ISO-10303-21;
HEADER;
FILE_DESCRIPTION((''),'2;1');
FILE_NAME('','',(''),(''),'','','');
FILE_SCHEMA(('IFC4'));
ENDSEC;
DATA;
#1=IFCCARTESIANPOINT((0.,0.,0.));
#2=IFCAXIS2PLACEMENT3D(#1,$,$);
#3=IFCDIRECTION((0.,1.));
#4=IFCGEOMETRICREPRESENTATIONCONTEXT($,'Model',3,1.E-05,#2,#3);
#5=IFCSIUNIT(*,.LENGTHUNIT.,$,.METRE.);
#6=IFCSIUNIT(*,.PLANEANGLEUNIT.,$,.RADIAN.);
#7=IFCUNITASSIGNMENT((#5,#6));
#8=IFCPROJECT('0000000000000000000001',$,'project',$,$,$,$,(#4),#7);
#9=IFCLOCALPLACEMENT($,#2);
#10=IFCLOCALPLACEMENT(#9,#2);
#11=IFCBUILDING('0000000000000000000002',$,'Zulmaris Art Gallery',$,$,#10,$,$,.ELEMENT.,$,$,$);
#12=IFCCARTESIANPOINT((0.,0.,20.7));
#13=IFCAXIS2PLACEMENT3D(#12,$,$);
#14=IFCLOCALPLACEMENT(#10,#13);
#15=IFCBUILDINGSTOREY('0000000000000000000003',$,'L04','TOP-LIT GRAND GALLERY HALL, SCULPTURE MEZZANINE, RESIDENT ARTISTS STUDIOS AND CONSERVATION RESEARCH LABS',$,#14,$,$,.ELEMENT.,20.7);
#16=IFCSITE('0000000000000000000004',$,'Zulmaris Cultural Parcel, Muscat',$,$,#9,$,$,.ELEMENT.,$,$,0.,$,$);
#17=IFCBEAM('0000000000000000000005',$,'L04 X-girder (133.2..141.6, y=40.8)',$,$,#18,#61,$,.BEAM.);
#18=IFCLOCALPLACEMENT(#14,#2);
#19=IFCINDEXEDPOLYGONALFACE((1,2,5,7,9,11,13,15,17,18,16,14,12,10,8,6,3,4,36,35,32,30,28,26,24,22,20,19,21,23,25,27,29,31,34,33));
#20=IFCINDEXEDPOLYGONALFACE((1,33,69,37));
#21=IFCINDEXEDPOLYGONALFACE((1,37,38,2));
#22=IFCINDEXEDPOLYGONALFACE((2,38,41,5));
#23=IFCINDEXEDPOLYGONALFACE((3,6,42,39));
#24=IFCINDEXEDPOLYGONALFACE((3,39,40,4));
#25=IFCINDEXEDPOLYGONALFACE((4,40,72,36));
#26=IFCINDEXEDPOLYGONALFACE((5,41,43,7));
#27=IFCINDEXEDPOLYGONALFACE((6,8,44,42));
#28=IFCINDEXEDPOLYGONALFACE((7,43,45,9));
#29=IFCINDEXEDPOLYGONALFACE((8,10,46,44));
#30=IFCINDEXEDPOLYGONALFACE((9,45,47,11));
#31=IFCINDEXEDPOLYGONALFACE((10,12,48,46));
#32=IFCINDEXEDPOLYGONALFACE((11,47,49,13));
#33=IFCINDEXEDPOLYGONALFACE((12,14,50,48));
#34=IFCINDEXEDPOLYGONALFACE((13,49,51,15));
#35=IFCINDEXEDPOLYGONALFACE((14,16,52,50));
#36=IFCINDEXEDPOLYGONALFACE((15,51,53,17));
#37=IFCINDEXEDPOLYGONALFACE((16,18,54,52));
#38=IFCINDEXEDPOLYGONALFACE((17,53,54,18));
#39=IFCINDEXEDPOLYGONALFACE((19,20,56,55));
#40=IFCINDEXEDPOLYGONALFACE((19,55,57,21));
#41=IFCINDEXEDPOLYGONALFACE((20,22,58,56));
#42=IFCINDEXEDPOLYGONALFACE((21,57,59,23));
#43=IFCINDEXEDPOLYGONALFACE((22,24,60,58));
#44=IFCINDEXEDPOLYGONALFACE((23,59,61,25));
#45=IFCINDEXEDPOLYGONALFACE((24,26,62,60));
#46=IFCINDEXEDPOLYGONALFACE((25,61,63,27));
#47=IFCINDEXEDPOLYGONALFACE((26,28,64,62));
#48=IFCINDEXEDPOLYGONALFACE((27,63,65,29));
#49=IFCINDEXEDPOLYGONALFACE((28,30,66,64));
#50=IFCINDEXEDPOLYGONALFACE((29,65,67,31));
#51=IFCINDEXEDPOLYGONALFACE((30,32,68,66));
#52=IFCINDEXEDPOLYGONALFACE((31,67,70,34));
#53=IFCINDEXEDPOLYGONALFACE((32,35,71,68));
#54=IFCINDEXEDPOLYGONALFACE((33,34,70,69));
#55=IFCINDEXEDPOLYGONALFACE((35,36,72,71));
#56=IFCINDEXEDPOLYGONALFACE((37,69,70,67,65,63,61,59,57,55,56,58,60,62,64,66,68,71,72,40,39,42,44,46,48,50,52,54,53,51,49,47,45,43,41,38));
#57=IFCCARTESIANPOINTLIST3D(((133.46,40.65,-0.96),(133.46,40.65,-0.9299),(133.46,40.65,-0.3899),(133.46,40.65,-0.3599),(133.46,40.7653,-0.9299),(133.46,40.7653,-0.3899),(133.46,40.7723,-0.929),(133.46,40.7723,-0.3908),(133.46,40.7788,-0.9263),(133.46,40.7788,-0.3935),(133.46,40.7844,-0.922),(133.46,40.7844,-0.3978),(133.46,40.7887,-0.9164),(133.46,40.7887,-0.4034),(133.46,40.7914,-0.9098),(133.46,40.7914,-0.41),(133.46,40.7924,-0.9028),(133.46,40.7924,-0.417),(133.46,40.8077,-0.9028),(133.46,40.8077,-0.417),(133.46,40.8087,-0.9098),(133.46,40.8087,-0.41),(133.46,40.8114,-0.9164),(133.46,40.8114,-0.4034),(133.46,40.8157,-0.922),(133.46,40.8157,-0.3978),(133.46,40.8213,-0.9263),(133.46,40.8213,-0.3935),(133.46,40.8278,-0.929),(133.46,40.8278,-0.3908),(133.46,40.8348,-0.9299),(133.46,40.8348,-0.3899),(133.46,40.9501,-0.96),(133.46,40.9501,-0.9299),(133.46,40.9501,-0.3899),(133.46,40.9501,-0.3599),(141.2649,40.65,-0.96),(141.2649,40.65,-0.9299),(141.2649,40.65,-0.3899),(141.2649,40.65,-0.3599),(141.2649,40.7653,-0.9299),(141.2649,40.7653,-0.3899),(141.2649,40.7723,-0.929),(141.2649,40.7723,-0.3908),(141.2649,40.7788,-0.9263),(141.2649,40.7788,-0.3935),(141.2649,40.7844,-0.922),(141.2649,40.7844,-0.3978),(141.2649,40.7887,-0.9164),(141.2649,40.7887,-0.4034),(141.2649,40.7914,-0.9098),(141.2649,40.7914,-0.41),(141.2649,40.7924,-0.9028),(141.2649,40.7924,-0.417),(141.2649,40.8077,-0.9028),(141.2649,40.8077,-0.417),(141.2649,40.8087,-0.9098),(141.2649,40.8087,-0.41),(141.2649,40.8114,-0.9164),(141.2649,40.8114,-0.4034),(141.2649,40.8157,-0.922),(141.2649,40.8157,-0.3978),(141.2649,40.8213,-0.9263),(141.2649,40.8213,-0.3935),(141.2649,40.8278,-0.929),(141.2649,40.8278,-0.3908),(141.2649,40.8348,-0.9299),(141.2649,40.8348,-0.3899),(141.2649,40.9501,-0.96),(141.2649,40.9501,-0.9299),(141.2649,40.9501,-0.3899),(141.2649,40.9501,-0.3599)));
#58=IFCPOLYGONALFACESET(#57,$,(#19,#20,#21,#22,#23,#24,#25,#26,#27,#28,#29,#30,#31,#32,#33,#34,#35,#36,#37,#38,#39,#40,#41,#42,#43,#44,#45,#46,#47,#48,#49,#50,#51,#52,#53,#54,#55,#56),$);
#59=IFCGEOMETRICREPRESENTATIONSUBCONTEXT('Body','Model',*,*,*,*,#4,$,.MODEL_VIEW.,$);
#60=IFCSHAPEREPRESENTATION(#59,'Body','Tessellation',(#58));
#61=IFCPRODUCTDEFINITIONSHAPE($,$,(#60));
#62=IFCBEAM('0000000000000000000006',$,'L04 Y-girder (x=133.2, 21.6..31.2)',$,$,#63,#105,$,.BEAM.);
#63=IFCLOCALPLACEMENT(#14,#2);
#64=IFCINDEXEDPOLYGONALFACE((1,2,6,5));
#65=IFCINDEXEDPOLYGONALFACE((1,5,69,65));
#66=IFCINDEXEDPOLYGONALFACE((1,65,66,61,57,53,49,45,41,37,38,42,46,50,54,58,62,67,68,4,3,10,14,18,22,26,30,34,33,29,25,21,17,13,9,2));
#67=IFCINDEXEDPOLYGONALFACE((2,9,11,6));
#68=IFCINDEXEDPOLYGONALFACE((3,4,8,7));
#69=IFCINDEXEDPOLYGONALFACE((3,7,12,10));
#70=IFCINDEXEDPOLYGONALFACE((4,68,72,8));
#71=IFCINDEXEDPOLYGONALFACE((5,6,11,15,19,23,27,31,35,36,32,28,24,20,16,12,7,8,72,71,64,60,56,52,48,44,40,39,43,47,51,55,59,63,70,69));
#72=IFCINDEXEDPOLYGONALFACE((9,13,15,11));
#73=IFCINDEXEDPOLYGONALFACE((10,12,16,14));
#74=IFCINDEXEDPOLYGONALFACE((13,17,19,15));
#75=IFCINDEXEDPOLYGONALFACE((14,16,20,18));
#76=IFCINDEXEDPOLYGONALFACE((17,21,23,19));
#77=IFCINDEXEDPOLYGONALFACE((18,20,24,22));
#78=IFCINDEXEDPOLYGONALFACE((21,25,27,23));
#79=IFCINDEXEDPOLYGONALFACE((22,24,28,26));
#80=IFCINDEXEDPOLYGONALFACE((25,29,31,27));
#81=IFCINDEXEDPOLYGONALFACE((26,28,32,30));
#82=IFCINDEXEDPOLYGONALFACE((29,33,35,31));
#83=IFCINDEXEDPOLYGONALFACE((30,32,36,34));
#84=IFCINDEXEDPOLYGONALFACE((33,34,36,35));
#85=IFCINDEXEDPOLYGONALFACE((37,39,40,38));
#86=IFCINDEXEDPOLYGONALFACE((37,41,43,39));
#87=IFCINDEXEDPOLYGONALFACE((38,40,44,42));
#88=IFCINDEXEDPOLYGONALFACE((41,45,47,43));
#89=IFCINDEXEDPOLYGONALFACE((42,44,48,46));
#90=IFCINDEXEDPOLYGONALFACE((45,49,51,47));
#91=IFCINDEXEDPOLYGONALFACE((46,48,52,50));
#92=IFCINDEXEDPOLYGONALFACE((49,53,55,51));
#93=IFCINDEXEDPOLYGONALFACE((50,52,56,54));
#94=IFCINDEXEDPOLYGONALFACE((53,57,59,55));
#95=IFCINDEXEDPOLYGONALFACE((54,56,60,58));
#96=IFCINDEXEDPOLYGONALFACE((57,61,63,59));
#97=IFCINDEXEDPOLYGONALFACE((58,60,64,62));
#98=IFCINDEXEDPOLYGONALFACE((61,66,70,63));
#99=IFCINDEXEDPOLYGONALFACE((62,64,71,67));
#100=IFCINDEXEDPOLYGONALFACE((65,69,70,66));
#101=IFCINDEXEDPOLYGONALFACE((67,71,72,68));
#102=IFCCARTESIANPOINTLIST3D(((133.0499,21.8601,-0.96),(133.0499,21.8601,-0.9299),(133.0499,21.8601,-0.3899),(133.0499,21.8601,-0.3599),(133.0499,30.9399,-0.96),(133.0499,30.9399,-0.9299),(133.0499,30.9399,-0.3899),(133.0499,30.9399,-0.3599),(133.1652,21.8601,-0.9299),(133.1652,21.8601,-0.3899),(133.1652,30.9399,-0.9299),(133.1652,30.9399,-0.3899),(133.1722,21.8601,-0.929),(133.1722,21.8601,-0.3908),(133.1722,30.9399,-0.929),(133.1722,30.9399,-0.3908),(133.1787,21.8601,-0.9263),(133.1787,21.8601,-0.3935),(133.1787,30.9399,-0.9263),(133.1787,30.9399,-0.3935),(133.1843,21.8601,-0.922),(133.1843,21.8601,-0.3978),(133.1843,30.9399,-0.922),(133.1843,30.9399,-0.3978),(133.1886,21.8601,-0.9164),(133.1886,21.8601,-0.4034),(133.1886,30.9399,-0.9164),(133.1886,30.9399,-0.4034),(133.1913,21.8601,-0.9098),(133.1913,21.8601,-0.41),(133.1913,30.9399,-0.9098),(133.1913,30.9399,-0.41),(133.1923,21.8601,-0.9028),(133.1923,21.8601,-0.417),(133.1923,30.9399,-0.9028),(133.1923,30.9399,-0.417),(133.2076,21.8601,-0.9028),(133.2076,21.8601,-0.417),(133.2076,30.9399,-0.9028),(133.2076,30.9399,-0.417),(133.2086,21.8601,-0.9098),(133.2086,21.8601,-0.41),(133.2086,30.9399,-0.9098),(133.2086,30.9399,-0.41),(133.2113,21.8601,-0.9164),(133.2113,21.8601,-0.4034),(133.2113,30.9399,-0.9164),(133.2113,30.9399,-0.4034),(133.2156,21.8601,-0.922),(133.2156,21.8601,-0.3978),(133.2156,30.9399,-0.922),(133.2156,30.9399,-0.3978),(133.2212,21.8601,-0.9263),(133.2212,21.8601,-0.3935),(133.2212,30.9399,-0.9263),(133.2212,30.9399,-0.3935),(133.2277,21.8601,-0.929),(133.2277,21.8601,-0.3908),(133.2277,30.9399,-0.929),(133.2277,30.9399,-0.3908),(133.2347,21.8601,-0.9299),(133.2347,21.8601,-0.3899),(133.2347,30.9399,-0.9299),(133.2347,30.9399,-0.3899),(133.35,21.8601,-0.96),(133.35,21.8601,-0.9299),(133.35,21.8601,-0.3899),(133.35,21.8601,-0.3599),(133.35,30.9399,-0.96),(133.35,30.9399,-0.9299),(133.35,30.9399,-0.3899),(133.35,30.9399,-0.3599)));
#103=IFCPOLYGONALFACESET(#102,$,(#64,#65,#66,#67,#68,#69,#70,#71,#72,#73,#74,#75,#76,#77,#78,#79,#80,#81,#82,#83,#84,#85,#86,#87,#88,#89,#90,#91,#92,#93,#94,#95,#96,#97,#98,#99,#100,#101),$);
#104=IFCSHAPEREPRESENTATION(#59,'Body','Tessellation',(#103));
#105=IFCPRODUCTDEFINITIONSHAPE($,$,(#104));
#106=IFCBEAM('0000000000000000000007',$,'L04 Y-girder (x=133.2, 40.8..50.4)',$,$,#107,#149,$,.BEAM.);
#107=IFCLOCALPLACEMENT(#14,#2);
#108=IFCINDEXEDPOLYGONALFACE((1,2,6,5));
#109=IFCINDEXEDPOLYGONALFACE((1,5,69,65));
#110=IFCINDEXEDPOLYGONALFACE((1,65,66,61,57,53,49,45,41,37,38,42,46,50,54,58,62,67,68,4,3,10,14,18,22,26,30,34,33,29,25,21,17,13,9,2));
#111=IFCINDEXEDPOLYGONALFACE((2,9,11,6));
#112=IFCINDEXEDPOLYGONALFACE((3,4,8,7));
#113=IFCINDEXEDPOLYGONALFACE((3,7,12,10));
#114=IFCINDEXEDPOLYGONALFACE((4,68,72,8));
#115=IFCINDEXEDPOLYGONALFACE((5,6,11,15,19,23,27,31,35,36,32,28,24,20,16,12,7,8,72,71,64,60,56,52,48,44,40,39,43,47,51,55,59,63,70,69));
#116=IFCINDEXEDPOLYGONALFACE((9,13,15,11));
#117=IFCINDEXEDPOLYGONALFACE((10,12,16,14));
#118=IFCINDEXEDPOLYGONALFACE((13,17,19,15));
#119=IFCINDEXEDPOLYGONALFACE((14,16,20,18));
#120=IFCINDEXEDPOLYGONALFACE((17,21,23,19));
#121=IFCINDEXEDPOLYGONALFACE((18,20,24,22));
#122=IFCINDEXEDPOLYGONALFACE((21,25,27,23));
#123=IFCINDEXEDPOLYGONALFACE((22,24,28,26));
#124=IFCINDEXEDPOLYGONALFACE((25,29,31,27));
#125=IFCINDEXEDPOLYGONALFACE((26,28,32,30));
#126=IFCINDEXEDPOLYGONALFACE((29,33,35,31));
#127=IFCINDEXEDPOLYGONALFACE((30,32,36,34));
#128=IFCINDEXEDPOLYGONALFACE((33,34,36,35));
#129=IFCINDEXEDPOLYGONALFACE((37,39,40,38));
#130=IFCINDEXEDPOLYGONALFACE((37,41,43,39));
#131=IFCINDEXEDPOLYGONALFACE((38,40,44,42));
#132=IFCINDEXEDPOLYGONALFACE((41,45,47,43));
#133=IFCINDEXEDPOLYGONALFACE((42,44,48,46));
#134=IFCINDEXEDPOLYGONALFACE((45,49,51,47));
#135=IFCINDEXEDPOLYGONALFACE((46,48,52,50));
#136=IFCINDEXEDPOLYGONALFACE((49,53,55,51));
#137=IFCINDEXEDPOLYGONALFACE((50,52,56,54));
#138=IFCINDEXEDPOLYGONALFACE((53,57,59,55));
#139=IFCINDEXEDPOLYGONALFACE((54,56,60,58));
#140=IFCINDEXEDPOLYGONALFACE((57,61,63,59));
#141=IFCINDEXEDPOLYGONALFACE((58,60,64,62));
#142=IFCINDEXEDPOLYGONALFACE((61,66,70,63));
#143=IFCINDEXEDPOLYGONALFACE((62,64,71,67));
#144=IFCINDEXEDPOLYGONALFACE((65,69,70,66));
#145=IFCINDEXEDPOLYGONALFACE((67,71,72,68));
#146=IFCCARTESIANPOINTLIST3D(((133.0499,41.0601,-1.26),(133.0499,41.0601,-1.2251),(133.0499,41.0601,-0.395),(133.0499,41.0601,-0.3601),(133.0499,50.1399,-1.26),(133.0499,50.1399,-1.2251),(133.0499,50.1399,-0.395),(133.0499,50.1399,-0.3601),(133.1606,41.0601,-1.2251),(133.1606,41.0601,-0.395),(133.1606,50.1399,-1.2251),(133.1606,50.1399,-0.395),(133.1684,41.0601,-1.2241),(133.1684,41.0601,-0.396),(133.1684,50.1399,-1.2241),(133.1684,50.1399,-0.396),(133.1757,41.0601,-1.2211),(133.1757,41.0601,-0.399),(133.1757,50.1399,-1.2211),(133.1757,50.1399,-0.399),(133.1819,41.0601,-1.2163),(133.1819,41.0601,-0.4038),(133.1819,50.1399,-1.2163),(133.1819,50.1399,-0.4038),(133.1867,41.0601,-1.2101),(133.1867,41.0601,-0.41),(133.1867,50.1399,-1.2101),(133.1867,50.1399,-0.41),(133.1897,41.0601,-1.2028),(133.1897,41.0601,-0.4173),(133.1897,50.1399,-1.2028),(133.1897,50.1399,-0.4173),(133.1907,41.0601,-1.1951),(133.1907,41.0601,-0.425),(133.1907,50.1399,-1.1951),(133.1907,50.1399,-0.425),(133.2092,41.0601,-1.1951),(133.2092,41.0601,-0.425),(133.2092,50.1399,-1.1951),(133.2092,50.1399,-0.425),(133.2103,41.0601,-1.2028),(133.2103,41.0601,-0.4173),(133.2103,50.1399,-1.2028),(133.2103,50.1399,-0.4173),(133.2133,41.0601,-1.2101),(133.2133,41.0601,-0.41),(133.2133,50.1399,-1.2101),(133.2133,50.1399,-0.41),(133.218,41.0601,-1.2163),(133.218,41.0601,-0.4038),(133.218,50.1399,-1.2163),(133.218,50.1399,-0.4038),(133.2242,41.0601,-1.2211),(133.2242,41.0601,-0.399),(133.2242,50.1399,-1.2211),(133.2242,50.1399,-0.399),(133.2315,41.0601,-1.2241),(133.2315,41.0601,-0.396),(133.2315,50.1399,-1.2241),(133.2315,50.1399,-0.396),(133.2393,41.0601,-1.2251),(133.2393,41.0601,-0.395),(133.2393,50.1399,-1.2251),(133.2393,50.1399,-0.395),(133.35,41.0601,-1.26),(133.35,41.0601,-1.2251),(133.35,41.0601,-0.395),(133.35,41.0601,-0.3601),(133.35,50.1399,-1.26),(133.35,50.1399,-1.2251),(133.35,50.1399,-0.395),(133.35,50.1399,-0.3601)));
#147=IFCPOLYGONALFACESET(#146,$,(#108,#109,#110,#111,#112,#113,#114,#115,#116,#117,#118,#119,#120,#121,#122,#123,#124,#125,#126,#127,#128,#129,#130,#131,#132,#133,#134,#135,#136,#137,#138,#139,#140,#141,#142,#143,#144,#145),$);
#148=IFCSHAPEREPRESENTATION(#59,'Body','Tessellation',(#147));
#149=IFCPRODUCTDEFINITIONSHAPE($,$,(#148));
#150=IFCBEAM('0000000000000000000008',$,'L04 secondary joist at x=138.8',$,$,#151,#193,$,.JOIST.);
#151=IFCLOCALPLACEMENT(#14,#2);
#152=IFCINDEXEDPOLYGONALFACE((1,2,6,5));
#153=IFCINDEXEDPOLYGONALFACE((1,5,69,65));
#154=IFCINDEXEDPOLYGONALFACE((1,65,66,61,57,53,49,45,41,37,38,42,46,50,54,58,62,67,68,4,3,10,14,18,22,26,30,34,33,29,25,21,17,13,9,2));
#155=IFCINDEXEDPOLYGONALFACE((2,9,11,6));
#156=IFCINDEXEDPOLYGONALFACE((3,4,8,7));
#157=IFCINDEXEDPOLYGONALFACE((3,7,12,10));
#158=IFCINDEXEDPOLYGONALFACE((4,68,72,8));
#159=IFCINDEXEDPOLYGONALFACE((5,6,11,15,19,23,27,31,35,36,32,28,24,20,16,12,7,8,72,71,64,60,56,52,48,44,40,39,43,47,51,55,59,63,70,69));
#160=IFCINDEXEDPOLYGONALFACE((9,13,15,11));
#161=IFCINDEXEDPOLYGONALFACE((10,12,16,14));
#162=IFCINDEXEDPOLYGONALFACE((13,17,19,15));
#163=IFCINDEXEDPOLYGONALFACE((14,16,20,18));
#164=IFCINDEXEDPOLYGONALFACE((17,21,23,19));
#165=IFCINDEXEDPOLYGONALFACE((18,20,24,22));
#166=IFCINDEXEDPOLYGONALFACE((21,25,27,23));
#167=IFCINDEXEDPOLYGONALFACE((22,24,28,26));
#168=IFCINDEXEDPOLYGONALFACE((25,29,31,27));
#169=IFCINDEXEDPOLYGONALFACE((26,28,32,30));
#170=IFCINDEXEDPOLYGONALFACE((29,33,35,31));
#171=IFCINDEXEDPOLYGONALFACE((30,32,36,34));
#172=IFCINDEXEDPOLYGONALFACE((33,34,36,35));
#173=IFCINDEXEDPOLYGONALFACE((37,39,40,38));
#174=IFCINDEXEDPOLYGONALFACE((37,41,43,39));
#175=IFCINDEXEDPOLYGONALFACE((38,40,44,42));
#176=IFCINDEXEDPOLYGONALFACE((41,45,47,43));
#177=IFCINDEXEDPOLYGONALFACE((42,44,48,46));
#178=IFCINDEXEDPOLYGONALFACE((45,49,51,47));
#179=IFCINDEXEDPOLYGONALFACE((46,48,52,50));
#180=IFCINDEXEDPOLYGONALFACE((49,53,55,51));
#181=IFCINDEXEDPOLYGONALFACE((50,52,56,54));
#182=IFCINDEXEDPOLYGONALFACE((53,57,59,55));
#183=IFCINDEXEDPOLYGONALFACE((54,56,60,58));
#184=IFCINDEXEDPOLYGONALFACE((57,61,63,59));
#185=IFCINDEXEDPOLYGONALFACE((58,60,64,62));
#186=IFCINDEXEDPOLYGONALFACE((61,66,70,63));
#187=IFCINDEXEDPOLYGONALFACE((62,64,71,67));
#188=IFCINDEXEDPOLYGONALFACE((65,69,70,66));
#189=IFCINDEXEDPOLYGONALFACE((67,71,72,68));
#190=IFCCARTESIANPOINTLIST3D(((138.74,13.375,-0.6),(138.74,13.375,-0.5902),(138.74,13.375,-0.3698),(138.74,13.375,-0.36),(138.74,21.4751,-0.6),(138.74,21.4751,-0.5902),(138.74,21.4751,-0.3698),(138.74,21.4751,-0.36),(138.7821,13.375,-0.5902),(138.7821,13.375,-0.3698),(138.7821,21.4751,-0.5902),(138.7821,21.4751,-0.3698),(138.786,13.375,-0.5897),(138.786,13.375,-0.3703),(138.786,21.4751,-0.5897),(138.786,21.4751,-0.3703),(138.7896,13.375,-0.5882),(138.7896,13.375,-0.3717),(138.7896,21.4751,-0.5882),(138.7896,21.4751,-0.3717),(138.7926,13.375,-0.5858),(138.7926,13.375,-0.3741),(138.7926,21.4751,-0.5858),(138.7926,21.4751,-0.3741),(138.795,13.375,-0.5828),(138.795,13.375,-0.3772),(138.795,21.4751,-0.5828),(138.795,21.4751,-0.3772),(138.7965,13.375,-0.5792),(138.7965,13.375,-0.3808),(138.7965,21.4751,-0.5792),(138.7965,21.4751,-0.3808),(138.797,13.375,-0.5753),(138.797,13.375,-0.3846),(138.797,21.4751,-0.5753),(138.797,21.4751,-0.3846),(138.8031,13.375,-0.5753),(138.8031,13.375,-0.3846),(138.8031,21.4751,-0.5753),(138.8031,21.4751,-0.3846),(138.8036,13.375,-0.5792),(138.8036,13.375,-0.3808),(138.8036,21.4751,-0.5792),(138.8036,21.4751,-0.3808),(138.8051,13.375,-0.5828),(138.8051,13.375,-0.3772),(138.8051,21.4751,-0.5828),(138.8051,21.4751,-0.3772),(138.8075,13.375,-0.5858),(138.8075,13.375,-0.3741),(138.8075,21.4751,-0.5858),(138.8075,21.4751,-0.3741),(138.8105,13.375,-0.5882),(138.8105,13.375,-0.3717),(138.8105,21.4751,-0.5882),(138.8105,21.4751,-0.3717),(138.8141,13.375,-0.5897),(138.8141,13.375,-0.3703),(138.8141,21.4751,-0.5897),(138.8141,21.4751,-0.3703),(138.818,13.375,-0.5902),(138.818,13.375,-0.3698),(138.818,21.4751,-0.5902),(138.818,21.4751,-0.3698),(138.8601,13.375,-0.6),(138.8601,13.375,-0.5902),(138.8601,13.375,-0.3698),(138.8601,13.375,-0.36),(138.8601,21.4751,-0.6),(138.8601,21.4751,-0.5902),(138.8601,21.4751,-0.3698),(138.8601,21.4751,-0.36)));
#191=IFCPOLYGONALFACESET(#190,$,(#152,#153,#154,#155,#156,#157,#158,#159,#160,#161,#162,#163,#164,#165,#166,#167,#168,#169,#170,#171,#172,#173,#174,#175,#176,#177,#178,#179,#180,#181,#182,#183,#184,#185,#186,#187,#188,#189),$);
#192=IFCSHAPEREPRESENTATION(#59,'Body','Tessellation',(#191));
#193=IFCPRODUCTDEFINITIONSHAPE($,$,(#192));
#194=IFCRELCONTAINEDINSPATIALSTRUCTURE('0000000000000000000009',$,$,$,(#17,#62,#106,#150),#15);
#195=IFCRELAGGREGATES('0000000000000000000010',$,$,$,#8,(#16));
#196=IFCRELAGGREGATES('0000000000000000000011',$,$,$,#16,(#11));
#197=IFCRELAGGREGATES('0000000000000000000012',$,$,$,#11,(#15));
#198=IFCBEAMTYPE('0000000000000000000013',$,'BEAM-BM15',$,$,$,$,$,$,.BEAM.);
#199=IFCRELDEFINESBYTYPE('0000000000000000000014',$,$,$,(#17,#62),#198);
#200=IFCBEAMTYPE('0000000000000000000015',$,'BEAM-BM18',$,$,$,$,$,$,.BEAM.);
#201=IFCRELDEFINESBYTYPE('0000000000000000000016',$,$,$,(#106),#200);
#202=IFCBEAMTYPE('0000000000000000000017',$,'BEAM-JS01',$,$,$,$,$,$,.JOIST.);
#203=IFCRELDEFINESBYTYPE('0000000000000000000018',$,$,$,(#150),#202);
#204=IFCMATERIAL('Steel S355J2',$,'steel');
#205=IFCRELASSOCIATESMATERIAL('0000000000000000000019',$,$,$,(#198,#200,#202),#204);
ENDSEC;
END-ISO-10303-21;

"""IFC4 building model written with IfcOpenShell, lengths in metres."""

from ifc_helpers import new_model, si_unit, direction, frame, origin, origin_2d, place, context, subcontext, project, spatial, i_section, extrude, material, material_profile, profile_set, type_object, element, save


model = new_model("IFC4")

# Units and contexts
model_context = context("Model", 3, precision=1e-05, world=origin(), true_north=direction((0.0, 1.0)))
body_context = subcontext(model_context, "Body", "Model", "MODEL_VIEW")
ifc_project = project(units=[si_unit("LENGTHUNIT", "METRE"), si_unit("PLANEANGLEUNIT", "RADIAN")], contexts=[model_context])

# Site, building, storey
site_placement = place(None, origin())
site = spatial("IfcSite", under=ifc_project, at=site_placement, Name="Zulmaris Cultural Parcel, Muscat", CompositionType="ELEMENT", RefElevation=0.0)
building_placement = place(site_placement, origin())
building = spatial("IfcBuilding", under=site, at=building_placement, Name="Zulmaris Art Gallery", CompositionType="ELEMENT")
storey_placement = place(building_placement, frame((0.0, 0.0, 20.7)))
storey = spatial("IfcBuildingStorey", under=building, at=storey_placement, Name="L04", Description="TOP-LIT GRAND GALLERY HALL, SCULPTURE MEZZANINE, RESIDENT ARTISTS STUDIOS AND CONSERVATION RESEARCH LABS", CompositionType="ELEMENT", Elevation=20.7)

# Beams
ifc_material_1 = material(Name="Steel S355J2", Category="steel")
ifc_material_profile_1 = material_profile(ifc_material_1, i_section(OverallWidth=0.3, OverallDepth=0.6001, WebThickness=0.0154, FlangeThickness=0.03, FilletRadius=0.0271, at=origin_2d()), Name="HEB 600")
ifc_profile_set_1 = profile_set([ifc_material_profile_1], Name="Steel S355J2")
beam_type_1 = type_object("IfcBeamType", Name="BEAM-BM15", PredefinedType="BEAM", material=ifc_profile_set_1)
beam_1_placement = place(storey_placement, frame((133.46, 40.8, -0.6599), z_axis=(1.0, 0.0, 0.0), x_axis=(0.0, 1.0, 0.0)))
element("IfcBeam", 1, at=beam_1_placement, inside=storey, type_object=beam_type_1, Name="L04 X-girder (133.2..141.6, y=40.8)", PredefinedType="BEAM", context=body_context, shape_type="SweptSolid", body=[
    extrude(i_section(OverallWidth=0.3, OverallDepth=0.6001, WebThickness=0.0154, FlangeThickness=0.03, FilletRadius=0.0271, at=origin_2d()), origin(), (0.0, 0.0, 1.0), 7.8049),
])
beam_2_placement = place(storey_placement, frame((133.2, 21.8601, -0.6599), z_axis=(0.0, 1.0, 0.0), x_axis=(-1.0, 0.0, 0.0)))
element("IfcBeam", 2, at=beam_2_placement, inside=storey, type_object=beam_type_1, Name="L04 Y-girder (x=133.2, 21.6..31.2)", PredefinedType="BEAM", context=body_context, shape_type="SweptSolid", body=[
    extrude(i_section(OverallWidth=0.3, OverallDepth=0.6001, WebThickness=0.0154, FlangeThickness=0.03, FilletRadius=0.0271, at=origin_2d()), origin(), (0.0, 0.0, 1.0), 9.0798),
])
ifc_material_profile_2 = material_profile(ifc_material_1, i_section(OverallWidth=0.3, OverallDepth=0.8999, WebThickness=0.0186, FlangeThickness=0.0349, FilletRadius=0.03, at=origin_2d()), Name="HEB 900")
ifc_profile_set_2 = profile_set([ifc_material_profile_2], Name="Steel S355J2")
beam_type_2 = type_object("IfcBeamType", Name="BEAM-BM18", PredefinedType="BEAM", material=ifc_profile_set_2)
beam_3_placement = place(storey_placement, frame((133.2, 41.0601, -0.8101), z_axis=(0.0, 1.0, 0.0), x_axis=(-1.0, 0.0, 0.0)))
element("IfcBeam", 3, at=beam_3_placement, inside=storey, type_object=beam_type_2, Name="L04 Y-girder (x=133.2, 40.8..50.4)", PredefinedType="BEAM", context=body_context, shape_type="SweptSolid", body=[
    extrude(i_section(OverallWidth=0.3, OverallDepth=0.8999, WebThickness=0.0186, FlangeThickness=0.0349, FilletRadius=0.03, at=origin_2d()), origin(), (0.0, 0.0, 1.0), 9.0798),
])
ifc_material_profile_3 = material_profile(ifc_material_1, i_section(OverallWidth=0.1201, OverallDepth=0.24, WebThickness=0.0061, FlangeThickness=0.0098, FilletRadius=0.0149, at=origin_2d()), Name="IPE 240")
ifc_profile_set_3 = profile_set([ifc_material_profile_3], Name="Steel S355J2")
beam_type_3 = type_object("IfcBeamType", Name="BEAM-JS01", PredefinedType="JOIST", material=ifc_profile_set_3)
beam_4_placement = place(storey_placement, frame((138.8, 13.375, -0.48), z_axis=(0.0, 1.0, 0.0), x_axis=(-1.0, 0.0, 0.0)))
element("IfcBeam", 4, at=beam_4_placement, inside=storey, type_object=beam_type_3, Name="L04 secondary joist at x=138.8", PredefinedType="JOIST", context=body_context, shape_type="SweptSolid", body=[
    extrude(i_section(OverallWidth=0.1201, OverallDepth=0.24, WebThickness=0.0061, FlangeThickness=0.0098, FilletRadius=0.0149, at=origin_2d()), origin(), (0.0, 0.0, 1.0), 8.1001),
])

save(model, "model.ifc")
